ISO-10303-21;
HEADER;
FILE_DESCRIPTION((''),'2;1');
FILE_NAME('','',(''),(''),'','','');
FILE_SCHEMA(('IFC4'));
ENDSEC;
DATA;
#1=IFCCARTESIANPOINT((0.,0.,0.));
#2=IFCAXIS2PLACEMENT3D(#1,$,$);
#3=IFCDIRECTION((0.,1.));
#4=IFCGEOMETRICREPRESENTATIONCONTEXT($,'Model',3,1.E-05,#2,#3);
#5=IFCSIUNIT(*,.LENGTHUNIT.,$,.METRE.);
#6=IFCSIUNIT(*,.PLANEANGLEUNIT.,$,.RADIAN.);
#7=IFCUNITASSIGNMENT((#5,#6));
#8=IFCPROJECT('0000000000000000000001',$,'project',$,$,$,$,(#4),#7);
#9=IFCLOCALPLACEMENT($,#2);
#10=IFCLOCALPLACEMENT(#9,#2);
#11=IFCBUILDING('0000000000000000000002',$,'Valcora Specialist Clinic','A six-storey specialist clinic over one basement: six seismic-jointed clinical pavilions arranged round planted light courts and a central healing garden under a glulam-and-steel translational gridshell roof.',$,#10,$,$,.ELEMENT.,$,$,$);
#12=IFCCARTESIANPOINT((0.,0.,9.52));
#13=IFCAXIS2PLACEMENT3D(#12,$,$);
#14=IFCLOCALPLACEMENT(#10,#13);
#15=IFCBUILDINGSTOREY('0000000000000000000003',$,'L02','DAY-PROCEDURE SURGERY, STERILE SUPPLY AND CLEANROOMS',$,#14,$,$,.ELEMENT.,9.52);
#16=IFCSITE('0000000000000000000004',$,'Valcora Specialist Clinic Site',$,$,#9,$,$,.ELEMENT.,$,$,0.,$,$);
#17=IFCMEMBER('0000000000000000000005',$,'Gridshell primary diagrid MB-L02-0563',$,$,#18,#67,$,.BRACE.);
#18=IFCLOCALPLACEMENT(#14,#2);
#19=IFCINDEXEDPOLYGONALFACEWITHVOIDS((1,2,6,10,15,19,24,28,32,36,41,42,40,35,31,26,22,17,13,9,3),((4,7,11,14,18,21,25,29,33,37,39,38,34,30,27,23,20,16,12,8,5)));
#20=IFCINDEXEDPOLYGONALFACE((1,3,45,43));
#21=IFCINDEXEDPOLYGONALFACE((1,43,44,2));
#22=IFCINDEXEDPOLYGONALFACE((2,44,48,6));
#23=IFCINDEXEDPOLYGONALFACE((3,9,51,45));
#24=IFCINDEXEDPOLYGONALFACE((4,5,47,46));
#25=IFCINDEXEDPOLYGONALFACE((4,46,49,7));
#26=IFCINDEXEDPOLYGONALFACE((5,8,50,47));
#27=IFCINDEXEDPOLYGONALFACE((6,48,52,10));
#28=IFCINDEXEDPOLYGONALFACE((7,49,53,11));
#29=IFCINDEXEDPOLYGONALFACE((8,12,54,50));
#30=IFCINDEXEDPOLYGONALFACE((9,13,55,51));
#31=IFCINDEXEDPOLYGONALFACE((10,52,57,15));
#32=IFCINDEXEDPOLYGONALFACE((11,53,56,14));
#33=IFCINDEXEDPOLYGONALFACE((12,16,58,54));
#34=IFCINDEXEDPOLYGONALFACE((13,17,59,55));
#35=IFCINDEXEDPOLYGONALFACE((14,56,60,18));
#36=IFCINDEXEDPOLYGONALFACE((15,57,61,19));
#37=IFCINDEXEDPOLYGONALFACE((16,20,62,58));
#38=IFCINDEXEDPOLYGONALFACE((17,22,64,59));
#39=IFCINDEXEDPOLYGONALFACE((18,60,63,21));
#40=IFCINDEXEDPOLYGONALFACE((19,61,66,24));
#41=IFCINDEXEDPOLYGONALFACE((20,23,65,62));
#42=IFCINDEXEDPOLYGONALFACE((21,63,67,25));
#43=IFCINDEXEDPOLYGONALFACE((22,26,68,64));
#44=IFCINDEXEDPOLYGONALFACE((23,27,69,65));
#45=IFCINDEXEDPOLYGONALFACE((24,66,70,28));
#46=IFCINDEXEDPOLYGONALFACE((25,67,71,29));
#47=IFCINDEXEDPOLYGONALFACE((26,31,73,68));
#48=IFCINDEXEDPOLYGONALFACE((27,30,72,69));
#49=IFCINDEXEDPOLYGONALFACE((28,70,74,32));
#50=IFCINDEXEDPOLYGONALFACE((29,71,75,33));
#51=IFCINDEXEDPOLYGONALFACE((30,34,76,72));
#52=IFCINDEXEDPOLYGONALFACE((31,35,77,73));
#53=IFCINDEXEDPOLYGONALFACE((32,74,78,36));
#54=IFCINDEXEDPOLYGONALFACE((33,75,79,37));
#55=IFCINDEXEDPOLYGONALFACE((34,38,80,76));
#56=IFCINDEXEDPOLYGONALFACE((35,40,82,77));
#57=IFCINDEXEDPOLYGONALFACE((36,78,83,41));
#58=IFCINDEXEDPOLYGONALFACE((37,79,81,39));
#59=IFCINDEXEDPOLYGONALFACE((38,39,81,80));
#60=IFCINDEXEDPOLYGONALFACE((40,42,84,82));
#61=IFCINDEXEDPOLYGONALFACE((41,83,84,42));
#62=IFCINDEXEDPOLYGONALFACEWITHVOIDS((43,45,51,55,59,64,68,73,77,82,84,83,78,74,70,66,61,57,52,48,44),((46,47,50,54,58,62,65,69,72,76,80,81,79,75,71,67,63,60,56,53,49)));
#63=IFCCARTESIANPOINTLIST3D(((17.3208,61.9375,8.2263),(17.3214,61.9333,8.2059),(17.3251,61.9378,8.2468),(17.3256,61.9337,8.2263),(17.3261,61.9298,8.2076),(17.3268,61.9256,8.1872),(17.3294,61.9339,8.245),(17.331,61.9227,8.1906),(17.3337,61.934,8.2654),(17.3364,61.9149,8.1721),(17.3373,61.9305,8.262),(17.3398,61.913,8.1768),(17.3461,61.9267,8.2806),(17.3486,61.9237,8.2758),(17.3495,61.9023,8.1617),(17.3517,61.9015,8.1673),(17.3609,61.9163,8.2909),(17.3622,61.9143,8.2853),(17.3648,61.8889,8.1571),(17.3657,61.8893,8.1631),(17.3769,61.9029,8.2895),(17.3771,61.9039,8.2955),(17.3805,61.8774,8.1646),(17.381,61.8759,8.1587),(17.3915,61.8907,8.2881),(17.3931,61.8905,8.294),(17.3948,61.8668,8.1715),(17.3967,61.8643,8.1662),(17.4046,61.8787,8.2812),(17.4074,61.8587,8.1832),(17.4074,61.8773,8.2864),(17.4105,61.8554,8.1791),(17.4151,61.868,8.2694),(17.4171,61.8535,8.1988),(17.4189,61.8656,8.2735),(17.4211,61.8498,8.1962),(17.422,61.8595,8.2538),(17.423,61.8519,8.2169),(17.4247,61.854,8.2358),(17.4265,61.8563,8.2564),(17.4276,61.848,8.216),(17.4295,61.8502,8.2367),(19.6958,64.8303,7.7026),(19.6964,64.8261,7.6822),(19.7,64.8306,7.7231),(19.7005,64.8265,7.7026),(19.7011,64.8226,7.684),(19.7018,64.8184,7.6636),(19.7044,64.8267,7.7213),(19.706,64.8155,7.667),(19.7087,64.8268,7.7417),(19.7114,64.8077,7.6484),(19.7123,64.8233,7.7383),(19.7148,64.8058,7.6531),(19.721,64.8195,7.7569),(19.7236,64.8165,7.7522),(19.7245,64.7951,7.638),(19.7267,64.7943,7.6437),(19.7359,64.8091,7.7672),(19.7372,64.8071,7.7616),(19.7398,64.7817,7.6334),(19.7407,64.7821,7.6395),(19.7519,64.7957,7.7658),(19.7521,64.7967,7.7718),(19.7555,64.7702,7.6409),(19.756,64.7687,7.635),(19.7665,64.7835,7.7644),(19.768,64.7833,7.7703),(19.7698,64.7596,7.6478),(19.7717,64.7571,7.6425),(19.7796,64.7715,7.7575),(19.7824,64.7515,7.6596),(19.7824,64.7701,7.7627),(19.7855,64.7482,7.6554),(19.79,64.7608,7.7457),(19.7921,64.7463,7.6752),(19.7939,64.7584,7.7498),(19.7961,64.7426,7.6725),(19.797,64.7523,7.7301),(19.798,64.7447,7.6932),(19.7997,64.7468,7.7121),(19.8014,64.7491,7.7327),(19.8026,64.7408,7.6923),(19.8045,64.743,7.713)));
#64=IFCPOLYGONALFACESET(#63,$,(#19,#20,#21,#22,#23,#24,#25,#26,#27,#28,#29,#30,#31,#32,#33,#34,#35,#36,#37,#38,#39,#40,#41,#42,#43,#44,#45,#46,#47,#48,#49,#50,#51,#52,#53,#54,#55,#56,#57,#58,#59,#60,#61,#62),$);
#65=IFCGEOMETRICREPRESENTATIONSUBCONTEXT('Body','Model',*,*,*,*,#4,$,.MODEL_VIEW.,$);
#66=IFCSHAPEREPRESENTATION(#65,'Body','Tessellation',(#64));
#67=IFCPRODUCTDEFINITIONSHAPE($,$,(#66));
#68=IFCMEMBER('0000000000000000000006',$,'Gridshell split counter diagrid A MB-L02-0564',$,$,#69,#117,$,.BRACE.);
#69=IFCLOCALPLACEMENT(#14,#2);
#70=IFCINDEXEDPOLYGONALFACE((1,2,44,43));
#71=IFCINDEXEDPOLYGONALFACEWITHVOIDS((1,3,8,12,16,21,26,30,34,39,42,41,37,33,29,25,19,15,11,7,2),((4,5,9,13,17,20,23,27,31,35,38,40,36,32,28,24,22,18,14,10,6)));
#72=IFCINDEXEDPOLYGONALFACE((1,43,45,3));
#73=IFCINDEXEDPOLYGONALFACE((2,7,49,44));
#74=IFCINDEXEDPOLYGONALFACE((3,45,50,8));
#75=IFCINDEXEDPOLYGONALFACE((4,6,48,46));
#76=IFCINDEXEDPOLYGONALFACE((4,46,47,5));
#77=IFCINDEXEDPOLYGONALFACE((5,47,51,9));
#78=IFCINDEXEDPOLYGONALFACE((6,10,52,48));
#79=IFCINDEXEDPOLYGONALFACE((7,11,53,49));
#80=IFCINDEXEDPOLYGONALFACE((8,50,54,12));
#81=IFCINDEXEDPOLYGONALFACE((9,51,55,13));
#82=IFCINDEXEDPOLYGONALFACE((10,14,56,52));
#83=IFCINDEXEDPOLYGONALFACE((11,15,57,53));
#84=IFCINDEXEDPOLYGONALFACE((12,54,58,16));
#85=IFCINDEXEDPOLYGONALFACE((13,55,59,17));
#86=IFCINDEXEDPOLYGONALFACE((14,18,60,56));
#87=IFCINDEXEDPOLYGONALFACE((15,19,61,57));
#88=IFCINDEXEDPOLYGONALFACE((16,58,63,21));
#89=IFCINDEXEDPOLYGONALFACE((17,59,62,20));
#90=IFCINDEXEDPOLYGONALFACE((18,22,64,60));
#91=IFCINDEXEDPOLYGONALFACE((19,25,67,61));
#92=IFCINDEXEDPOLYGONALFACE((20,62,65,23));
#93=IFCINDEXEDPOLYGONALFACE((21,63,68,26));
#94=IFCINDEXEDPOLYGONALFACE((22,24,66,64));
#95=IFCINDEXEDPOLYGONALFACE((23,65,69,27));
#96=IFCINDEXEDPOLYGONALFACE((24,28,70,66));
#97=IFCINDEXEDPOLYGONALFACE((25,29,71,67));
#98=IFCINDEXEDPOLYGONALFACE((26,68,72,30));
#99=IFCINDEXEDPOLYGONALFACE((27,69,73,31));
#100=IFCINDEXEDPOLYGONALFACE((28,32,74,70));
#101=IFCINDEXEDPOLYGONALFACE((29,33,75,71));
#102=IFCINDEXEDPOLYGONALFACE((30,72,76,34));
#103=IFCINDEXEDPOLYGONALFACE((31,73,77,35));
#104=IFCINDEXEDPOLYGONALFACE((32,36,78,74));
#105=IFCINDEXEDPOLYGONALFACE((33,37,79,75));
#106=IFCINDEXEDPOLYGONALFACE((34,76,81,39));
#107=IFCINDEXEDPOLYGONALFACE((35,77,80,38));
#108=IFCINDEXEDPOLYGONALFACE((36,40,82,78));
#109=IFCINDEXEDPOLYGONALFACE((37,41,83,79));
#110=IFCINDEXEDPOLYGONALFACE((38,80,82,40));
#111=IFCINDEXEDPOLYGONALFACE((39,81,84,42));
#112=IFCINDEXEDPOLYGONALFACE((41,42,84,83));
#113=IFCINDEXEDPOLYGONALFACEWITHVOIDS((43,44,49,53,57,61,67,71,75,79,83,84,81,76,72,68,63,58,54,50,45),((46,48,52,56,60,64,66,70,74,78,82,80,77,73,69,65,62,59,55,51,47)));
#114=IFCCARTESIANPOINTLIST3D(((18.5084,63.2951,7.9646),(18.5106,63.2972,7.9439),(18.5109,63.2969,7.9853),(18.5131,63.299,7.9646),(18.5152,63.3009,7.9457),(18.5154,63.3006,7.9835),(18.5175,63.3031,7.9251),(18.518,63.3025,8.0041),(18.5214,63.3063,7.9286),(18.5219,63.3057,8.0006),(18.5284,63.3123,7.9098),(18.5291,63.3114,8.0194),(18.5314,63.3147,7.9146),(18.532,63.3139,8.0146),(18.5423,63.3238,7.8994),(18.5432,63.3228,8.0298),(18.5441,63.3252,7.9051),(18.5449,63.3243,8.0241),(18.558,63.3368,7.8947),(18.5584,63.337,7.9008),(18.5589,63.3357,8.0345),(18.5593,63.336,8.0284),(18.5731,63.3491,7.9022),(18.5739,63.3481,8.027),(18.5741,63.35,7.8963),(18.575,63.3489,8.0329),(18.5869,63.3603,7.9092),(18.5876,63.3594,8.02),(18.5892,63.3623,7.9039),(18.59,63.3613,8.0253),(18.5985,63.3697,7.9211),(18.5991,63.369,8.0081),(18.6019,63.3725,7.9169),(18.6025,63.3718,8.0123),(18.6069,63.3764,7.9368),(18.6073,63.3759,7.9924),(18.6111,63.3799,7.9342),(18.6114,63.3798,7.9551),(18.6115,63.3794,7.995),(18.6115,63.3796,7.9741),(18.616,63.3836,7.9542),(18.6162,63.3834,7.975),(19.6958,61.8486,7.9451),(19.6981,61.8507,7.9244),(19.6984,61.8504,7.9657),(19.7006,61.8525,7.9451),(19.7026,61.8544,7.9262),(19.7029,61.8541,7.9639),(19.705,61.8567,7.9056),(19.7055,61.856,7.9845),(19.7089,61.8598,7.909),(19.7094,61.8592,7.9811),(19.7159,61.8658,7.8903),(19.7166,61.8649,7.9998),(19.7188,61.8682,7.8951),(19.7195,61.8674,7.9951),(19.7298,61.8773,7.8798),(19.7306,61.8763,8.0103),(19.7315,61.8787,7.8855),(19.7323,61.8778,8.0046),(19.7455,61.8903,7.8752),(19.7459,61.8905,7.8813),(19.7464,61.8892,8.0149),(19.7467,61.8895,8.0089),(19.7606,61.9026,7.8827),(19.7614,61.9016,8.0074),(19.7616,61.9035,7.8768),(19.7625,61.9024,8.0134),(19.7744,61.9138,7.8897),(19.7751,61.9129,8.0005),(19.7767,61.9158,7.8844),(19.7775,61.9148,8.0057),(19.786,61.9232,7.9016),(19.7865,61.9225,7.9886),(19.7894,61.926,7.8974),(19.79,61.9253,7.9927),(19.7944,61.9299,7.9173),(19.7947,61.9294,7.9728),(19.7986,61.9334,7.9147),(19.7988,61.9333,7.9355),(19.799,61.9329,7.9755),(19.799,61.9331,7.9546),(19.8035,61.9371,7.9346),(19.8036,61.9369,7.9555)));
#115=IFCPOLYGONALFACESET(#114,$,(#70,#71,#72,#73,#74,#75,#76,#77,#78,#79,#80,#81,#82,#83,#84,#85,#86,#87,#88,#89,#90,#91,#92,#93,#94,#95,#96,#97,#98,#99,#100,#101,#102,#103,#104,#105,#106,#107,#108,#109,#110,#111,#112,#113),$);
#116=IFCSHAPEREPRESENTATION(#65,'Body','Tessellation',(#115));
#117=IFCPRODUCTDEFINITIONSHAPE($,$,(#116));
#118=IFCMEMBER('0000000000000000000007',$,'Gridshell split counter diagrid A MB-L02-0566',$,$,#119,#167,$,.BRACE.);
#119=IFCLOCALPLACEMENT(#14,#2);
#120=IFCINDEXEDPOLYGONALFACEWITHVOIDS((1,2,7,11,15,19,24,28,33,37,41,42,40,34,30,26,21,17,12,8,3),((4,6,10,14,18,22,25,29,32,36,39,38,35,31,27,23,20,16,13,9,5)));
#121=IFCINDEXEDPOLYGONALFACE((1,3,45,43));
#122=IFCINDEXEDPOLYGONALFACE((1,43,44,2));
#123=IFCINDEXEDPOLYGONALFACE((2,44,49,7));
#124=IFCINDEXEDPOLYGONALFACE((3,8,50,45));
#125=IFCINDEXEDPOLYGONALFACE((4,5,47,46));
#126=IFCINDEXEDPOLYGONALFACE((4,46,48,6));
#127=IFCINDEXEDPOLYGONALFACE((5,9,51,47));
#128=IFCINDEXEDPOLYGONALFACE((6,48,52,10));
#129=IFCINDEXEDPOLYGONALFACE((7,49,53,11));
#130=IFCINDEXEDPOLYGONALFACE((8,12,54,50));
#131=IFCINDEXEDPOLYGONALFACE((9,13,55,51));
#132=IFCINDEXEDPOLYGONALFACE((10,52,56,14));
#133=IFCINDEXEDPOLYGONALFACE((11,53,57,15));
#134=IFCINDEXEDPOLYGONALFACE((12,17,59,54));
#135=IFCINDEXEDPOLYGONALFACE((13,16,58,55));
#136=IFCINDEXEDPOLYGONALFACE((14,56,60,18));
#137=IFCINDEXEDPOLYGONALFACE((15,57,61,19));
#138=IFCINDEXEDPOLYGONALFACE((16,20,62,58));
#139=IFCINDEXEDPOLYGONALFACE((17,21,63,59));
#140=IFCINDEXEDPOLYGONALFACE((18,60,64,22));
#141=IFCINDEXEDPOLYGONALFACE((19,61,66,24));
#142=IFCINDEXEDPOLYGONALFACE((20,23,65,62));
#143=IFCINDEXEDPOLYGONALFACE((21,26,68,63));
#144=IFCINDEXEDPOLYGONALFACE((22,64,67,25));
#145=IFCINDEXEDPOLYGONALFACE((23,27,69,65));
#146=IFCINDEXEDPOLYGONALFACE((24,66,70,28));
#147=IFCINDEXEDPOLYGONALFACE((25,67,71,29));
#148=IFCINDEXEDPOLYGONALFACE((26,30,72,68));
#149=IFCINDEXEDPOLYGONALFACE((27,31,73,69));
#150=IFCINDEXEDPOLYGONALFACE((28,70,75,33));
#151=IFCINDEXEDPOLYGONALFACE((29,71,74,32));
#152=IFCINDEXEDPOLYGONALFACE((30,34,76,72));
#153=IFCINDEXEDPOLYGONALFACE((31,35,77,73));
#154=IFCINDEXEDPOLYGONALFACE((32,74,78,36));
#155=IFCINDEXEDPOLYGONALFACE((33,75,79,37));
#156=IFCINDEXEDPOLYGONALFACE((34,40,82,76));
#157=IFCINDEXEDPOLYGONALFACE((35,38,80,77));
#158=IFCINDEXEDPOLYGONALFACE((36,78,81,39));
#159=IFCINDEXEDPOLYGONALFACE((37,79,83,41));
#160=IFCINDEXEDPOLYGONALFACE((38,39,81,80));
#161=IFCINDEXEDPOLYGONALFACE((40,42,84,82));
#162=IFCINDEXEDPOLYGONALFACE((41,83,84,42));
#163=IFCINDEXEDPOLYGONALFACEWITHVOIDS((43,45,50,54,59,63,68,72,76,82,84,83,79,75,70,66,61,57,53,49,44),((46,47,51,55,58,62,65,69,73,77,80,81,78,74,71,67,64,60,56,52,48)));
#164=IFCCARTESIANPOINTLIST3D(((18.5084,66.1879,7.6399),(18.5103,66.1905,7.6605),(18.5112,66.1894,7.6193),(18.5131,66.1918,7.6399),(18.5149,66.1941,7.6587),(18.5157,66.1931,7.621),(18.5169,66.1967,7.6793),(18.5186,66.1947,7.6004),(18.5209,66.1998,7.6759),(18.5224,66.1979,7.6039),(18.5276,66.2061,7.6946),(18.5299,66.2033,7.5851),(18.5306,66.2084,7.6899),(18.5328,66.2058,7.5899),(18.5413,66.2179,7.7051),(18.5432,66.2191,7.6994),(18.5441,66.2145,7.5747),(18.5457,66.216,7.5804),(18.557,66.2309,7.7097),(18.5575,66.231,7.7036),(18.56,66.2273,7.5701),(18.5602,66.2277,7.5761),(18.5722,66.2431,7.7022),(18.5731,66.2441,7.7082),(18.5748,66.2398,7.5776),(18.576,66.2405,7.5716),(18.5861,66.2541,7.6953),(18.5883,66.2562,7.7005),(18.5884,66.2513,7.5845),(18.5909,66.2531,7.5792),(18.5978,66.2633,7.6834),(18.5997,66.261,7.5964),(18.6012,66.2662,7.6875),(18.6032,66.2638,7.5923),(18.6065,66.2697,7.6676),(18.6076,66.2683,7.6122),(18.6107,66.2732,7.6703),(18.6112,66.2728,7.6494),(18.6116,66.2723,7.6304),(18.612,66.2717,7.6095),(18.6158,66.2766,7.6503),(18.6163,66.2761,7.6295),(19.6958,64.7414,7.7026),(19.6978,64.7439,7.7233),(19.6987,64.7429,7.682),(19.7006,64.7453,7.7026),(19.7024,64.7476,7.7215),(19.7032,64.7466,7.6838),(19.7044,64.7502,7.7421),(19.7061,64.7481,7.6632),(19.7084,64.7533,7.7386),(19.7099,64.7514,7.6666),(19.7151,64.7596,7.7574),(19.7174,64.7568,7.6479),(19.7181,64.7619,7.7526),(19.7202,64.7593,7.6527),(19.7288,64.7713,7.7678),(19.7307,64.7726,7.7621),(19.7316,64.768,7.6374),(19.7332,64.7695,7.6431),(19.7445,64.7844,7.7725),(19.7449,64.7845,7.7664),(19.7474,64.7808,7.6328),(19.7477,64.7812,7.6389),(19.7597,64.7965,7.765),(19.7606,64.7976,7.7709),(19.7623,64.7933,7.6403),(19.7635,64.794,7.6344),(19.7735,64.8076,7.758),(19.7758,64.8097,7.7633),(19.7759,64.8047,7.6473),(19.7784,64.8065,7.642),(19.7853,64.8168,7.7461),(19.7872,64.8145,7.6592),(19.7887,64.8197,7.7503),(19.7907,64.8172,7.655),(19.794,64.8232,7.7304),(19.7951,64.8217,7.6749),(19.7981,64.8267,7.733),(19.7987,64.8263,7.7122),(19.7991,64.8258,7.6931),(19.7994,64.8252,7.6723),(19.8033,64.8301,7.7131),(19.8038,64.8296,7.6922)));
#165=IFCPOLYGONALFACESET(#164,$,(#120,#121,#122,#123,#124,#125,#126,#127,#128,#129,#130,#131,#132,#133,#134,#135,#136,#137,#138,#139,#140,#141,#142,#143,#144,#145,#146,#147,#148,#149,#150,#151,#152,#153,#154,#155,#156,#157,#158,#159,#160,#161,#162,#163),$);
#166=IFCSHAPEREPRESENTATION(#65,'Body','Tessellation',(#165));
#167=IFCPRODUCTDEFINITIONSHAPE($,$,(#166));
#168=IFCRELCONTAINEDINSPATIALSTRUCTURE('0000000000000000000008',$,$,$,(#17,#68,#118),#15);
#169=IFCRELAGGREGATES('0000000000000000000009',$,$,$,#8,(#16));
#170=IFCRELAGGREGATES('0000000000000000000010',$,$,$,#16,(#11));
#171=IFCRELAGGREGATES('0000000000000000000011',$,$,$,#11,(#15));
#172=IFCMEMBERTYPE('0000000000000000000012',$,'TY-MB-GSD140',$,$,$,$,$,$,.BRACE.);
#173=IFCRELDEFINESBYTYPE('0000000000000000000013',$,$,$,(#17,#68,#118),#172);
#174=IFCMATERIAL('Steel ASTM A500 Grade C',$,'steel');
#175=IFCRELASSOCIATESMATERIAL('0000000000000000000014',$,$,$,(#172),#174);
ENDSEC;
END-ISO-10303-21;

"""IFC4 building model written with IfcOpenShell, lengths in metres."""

from ifc_helpers import new_model, si_unit, direction, frame, origin, origin_2d, place, context, subcontext, project, spatial, hollow_circle, extrude, material, material_profile, profile_set, type_object, element, save


model = new_model("IFC4")

# Units and contexts
model_context = context("Model", 3, precision=1e-05, world=origin(), true_north=direction((0.0, 1.0)))
body_context = subcontext(model_context, "Body", "Model", "MODEL_VIEW")
ifc_project = project(units=[si_unit("LENGTHUNIT", "METRE"), si_unit("PLANEANGLEUNIT", "RADIAN")], contexts=[model_context])

# Site, building, storey
site_placement = place(None, origin())
site = spatial("IfcSite", under=ifc_project, at=site_placement, Name="Valcora Specialist Clinic Site", CompositionType="ELEMENT", RefElevation=0.0)
building_placement = place(site_placement, origin())
building = spatial("IfcBuilding", under=site, at=building_placement, Name="Valcora Specialist Clinic", Description="A six-storey specialist clinic over one basement: six seismic-jointed clinical pavilions arranged round planted light courts and a central healing garden under a glulam-and-steel translational gridshell roof.", CompositionType="ELEMENT")
storey_placement = place(building_placement, frame((0.0, 0.0, 9.52)))
storey = spatial("IfcBuildingStorey", under=building, at=storey_placement, Name="L02", Description="DAY-PROCEDURE SURGERY, STERILE SUPPLY AND CLEANROOMS", CompositionType="ELEMENT", Elevation=9.52)

# Members
ifc_material_1 = material(Name="Steel ASTM A500 Grade C", Category="steel")
ifc_material_profile_1 = material_profile(ifc_material_1, hollow_circle(Radius=0.0701, WallThickness=0.0061, at=origin_2d()), Name="ST-CHS-140X6")
ifc_profile_set_1 = profile_set([ifc_material_profile_1], Name="Steel ASTM A500 Grade C")
member_type_1 = type_object("IfcMemberType", Name="TY-MB-GSD140", PredefinedType="BRACE", material=ifc_profile_set_1)
member_1_placement = place(storey_placement, frame((17.375, 61.8931, 8.2263), z_axis=(0.628419, 0.765434, -0.138565), x_axis=(-0.77289, 0.63454, 0.0)))
element("IfcMember", 1, at=member_1_placement, inside=storey, type_object=member_type_1, Name="Gridshell primary diagrid MB-L02-0563", PredefinedType="BRACE", context=body_context, shape_type="SweptSolid", body=[
    extrude(hollow_circle(Radius=0.0701, WallThickness=0.0061, at=origin_2d()), origin(), (0.0, 0.0, 1.0), 3.7793),
])
member_2_placement = place(storey_placement, frame((19.75, 61.8931, 7.9451), z_axis=(-0.634474, 0.772874, 0.010435), x_axis=(-0.772916, -0.634508, 0.0)))
element("IfcMember", 2, at=member_2_placement, inside=storey, type_object=member_type_1, Name="Gridshell split counter diagrid A MB-L02-0564", PredefinedType="BRACE", context=body_context, shape_type="SweptSolid", body=[
    extrude(hollow_circle(Radius=0.0701, WallThickness=0.0061, at=origin_2d()), origin(), (0.0, 0.0, 1.0), 1.8716),
])
member_3_placement = place(storey_placement, frame((19.75, 64.7859, 7.7026), z_axis=(-0.634152, 0.772482, -0.033507), x_axis=(-0.772916, -0.634508, 0.0)))
element("IfcMember", 3, at=member_3_placement, inside=storey, type_object=member_type_1, Name="Gridshell split counter diagrid A MB-L02-0566", PredefinedType="BRACE", context=body_context, shape_type="SweptSolid", body=[
    extrude(hollow_circle(Radius=0.0701, WallThickness=0.0061, at=origin_2d()), origin(), (0.0, 0.0, 1.0), 1.8726),
])

save(model, "model.ifc")
